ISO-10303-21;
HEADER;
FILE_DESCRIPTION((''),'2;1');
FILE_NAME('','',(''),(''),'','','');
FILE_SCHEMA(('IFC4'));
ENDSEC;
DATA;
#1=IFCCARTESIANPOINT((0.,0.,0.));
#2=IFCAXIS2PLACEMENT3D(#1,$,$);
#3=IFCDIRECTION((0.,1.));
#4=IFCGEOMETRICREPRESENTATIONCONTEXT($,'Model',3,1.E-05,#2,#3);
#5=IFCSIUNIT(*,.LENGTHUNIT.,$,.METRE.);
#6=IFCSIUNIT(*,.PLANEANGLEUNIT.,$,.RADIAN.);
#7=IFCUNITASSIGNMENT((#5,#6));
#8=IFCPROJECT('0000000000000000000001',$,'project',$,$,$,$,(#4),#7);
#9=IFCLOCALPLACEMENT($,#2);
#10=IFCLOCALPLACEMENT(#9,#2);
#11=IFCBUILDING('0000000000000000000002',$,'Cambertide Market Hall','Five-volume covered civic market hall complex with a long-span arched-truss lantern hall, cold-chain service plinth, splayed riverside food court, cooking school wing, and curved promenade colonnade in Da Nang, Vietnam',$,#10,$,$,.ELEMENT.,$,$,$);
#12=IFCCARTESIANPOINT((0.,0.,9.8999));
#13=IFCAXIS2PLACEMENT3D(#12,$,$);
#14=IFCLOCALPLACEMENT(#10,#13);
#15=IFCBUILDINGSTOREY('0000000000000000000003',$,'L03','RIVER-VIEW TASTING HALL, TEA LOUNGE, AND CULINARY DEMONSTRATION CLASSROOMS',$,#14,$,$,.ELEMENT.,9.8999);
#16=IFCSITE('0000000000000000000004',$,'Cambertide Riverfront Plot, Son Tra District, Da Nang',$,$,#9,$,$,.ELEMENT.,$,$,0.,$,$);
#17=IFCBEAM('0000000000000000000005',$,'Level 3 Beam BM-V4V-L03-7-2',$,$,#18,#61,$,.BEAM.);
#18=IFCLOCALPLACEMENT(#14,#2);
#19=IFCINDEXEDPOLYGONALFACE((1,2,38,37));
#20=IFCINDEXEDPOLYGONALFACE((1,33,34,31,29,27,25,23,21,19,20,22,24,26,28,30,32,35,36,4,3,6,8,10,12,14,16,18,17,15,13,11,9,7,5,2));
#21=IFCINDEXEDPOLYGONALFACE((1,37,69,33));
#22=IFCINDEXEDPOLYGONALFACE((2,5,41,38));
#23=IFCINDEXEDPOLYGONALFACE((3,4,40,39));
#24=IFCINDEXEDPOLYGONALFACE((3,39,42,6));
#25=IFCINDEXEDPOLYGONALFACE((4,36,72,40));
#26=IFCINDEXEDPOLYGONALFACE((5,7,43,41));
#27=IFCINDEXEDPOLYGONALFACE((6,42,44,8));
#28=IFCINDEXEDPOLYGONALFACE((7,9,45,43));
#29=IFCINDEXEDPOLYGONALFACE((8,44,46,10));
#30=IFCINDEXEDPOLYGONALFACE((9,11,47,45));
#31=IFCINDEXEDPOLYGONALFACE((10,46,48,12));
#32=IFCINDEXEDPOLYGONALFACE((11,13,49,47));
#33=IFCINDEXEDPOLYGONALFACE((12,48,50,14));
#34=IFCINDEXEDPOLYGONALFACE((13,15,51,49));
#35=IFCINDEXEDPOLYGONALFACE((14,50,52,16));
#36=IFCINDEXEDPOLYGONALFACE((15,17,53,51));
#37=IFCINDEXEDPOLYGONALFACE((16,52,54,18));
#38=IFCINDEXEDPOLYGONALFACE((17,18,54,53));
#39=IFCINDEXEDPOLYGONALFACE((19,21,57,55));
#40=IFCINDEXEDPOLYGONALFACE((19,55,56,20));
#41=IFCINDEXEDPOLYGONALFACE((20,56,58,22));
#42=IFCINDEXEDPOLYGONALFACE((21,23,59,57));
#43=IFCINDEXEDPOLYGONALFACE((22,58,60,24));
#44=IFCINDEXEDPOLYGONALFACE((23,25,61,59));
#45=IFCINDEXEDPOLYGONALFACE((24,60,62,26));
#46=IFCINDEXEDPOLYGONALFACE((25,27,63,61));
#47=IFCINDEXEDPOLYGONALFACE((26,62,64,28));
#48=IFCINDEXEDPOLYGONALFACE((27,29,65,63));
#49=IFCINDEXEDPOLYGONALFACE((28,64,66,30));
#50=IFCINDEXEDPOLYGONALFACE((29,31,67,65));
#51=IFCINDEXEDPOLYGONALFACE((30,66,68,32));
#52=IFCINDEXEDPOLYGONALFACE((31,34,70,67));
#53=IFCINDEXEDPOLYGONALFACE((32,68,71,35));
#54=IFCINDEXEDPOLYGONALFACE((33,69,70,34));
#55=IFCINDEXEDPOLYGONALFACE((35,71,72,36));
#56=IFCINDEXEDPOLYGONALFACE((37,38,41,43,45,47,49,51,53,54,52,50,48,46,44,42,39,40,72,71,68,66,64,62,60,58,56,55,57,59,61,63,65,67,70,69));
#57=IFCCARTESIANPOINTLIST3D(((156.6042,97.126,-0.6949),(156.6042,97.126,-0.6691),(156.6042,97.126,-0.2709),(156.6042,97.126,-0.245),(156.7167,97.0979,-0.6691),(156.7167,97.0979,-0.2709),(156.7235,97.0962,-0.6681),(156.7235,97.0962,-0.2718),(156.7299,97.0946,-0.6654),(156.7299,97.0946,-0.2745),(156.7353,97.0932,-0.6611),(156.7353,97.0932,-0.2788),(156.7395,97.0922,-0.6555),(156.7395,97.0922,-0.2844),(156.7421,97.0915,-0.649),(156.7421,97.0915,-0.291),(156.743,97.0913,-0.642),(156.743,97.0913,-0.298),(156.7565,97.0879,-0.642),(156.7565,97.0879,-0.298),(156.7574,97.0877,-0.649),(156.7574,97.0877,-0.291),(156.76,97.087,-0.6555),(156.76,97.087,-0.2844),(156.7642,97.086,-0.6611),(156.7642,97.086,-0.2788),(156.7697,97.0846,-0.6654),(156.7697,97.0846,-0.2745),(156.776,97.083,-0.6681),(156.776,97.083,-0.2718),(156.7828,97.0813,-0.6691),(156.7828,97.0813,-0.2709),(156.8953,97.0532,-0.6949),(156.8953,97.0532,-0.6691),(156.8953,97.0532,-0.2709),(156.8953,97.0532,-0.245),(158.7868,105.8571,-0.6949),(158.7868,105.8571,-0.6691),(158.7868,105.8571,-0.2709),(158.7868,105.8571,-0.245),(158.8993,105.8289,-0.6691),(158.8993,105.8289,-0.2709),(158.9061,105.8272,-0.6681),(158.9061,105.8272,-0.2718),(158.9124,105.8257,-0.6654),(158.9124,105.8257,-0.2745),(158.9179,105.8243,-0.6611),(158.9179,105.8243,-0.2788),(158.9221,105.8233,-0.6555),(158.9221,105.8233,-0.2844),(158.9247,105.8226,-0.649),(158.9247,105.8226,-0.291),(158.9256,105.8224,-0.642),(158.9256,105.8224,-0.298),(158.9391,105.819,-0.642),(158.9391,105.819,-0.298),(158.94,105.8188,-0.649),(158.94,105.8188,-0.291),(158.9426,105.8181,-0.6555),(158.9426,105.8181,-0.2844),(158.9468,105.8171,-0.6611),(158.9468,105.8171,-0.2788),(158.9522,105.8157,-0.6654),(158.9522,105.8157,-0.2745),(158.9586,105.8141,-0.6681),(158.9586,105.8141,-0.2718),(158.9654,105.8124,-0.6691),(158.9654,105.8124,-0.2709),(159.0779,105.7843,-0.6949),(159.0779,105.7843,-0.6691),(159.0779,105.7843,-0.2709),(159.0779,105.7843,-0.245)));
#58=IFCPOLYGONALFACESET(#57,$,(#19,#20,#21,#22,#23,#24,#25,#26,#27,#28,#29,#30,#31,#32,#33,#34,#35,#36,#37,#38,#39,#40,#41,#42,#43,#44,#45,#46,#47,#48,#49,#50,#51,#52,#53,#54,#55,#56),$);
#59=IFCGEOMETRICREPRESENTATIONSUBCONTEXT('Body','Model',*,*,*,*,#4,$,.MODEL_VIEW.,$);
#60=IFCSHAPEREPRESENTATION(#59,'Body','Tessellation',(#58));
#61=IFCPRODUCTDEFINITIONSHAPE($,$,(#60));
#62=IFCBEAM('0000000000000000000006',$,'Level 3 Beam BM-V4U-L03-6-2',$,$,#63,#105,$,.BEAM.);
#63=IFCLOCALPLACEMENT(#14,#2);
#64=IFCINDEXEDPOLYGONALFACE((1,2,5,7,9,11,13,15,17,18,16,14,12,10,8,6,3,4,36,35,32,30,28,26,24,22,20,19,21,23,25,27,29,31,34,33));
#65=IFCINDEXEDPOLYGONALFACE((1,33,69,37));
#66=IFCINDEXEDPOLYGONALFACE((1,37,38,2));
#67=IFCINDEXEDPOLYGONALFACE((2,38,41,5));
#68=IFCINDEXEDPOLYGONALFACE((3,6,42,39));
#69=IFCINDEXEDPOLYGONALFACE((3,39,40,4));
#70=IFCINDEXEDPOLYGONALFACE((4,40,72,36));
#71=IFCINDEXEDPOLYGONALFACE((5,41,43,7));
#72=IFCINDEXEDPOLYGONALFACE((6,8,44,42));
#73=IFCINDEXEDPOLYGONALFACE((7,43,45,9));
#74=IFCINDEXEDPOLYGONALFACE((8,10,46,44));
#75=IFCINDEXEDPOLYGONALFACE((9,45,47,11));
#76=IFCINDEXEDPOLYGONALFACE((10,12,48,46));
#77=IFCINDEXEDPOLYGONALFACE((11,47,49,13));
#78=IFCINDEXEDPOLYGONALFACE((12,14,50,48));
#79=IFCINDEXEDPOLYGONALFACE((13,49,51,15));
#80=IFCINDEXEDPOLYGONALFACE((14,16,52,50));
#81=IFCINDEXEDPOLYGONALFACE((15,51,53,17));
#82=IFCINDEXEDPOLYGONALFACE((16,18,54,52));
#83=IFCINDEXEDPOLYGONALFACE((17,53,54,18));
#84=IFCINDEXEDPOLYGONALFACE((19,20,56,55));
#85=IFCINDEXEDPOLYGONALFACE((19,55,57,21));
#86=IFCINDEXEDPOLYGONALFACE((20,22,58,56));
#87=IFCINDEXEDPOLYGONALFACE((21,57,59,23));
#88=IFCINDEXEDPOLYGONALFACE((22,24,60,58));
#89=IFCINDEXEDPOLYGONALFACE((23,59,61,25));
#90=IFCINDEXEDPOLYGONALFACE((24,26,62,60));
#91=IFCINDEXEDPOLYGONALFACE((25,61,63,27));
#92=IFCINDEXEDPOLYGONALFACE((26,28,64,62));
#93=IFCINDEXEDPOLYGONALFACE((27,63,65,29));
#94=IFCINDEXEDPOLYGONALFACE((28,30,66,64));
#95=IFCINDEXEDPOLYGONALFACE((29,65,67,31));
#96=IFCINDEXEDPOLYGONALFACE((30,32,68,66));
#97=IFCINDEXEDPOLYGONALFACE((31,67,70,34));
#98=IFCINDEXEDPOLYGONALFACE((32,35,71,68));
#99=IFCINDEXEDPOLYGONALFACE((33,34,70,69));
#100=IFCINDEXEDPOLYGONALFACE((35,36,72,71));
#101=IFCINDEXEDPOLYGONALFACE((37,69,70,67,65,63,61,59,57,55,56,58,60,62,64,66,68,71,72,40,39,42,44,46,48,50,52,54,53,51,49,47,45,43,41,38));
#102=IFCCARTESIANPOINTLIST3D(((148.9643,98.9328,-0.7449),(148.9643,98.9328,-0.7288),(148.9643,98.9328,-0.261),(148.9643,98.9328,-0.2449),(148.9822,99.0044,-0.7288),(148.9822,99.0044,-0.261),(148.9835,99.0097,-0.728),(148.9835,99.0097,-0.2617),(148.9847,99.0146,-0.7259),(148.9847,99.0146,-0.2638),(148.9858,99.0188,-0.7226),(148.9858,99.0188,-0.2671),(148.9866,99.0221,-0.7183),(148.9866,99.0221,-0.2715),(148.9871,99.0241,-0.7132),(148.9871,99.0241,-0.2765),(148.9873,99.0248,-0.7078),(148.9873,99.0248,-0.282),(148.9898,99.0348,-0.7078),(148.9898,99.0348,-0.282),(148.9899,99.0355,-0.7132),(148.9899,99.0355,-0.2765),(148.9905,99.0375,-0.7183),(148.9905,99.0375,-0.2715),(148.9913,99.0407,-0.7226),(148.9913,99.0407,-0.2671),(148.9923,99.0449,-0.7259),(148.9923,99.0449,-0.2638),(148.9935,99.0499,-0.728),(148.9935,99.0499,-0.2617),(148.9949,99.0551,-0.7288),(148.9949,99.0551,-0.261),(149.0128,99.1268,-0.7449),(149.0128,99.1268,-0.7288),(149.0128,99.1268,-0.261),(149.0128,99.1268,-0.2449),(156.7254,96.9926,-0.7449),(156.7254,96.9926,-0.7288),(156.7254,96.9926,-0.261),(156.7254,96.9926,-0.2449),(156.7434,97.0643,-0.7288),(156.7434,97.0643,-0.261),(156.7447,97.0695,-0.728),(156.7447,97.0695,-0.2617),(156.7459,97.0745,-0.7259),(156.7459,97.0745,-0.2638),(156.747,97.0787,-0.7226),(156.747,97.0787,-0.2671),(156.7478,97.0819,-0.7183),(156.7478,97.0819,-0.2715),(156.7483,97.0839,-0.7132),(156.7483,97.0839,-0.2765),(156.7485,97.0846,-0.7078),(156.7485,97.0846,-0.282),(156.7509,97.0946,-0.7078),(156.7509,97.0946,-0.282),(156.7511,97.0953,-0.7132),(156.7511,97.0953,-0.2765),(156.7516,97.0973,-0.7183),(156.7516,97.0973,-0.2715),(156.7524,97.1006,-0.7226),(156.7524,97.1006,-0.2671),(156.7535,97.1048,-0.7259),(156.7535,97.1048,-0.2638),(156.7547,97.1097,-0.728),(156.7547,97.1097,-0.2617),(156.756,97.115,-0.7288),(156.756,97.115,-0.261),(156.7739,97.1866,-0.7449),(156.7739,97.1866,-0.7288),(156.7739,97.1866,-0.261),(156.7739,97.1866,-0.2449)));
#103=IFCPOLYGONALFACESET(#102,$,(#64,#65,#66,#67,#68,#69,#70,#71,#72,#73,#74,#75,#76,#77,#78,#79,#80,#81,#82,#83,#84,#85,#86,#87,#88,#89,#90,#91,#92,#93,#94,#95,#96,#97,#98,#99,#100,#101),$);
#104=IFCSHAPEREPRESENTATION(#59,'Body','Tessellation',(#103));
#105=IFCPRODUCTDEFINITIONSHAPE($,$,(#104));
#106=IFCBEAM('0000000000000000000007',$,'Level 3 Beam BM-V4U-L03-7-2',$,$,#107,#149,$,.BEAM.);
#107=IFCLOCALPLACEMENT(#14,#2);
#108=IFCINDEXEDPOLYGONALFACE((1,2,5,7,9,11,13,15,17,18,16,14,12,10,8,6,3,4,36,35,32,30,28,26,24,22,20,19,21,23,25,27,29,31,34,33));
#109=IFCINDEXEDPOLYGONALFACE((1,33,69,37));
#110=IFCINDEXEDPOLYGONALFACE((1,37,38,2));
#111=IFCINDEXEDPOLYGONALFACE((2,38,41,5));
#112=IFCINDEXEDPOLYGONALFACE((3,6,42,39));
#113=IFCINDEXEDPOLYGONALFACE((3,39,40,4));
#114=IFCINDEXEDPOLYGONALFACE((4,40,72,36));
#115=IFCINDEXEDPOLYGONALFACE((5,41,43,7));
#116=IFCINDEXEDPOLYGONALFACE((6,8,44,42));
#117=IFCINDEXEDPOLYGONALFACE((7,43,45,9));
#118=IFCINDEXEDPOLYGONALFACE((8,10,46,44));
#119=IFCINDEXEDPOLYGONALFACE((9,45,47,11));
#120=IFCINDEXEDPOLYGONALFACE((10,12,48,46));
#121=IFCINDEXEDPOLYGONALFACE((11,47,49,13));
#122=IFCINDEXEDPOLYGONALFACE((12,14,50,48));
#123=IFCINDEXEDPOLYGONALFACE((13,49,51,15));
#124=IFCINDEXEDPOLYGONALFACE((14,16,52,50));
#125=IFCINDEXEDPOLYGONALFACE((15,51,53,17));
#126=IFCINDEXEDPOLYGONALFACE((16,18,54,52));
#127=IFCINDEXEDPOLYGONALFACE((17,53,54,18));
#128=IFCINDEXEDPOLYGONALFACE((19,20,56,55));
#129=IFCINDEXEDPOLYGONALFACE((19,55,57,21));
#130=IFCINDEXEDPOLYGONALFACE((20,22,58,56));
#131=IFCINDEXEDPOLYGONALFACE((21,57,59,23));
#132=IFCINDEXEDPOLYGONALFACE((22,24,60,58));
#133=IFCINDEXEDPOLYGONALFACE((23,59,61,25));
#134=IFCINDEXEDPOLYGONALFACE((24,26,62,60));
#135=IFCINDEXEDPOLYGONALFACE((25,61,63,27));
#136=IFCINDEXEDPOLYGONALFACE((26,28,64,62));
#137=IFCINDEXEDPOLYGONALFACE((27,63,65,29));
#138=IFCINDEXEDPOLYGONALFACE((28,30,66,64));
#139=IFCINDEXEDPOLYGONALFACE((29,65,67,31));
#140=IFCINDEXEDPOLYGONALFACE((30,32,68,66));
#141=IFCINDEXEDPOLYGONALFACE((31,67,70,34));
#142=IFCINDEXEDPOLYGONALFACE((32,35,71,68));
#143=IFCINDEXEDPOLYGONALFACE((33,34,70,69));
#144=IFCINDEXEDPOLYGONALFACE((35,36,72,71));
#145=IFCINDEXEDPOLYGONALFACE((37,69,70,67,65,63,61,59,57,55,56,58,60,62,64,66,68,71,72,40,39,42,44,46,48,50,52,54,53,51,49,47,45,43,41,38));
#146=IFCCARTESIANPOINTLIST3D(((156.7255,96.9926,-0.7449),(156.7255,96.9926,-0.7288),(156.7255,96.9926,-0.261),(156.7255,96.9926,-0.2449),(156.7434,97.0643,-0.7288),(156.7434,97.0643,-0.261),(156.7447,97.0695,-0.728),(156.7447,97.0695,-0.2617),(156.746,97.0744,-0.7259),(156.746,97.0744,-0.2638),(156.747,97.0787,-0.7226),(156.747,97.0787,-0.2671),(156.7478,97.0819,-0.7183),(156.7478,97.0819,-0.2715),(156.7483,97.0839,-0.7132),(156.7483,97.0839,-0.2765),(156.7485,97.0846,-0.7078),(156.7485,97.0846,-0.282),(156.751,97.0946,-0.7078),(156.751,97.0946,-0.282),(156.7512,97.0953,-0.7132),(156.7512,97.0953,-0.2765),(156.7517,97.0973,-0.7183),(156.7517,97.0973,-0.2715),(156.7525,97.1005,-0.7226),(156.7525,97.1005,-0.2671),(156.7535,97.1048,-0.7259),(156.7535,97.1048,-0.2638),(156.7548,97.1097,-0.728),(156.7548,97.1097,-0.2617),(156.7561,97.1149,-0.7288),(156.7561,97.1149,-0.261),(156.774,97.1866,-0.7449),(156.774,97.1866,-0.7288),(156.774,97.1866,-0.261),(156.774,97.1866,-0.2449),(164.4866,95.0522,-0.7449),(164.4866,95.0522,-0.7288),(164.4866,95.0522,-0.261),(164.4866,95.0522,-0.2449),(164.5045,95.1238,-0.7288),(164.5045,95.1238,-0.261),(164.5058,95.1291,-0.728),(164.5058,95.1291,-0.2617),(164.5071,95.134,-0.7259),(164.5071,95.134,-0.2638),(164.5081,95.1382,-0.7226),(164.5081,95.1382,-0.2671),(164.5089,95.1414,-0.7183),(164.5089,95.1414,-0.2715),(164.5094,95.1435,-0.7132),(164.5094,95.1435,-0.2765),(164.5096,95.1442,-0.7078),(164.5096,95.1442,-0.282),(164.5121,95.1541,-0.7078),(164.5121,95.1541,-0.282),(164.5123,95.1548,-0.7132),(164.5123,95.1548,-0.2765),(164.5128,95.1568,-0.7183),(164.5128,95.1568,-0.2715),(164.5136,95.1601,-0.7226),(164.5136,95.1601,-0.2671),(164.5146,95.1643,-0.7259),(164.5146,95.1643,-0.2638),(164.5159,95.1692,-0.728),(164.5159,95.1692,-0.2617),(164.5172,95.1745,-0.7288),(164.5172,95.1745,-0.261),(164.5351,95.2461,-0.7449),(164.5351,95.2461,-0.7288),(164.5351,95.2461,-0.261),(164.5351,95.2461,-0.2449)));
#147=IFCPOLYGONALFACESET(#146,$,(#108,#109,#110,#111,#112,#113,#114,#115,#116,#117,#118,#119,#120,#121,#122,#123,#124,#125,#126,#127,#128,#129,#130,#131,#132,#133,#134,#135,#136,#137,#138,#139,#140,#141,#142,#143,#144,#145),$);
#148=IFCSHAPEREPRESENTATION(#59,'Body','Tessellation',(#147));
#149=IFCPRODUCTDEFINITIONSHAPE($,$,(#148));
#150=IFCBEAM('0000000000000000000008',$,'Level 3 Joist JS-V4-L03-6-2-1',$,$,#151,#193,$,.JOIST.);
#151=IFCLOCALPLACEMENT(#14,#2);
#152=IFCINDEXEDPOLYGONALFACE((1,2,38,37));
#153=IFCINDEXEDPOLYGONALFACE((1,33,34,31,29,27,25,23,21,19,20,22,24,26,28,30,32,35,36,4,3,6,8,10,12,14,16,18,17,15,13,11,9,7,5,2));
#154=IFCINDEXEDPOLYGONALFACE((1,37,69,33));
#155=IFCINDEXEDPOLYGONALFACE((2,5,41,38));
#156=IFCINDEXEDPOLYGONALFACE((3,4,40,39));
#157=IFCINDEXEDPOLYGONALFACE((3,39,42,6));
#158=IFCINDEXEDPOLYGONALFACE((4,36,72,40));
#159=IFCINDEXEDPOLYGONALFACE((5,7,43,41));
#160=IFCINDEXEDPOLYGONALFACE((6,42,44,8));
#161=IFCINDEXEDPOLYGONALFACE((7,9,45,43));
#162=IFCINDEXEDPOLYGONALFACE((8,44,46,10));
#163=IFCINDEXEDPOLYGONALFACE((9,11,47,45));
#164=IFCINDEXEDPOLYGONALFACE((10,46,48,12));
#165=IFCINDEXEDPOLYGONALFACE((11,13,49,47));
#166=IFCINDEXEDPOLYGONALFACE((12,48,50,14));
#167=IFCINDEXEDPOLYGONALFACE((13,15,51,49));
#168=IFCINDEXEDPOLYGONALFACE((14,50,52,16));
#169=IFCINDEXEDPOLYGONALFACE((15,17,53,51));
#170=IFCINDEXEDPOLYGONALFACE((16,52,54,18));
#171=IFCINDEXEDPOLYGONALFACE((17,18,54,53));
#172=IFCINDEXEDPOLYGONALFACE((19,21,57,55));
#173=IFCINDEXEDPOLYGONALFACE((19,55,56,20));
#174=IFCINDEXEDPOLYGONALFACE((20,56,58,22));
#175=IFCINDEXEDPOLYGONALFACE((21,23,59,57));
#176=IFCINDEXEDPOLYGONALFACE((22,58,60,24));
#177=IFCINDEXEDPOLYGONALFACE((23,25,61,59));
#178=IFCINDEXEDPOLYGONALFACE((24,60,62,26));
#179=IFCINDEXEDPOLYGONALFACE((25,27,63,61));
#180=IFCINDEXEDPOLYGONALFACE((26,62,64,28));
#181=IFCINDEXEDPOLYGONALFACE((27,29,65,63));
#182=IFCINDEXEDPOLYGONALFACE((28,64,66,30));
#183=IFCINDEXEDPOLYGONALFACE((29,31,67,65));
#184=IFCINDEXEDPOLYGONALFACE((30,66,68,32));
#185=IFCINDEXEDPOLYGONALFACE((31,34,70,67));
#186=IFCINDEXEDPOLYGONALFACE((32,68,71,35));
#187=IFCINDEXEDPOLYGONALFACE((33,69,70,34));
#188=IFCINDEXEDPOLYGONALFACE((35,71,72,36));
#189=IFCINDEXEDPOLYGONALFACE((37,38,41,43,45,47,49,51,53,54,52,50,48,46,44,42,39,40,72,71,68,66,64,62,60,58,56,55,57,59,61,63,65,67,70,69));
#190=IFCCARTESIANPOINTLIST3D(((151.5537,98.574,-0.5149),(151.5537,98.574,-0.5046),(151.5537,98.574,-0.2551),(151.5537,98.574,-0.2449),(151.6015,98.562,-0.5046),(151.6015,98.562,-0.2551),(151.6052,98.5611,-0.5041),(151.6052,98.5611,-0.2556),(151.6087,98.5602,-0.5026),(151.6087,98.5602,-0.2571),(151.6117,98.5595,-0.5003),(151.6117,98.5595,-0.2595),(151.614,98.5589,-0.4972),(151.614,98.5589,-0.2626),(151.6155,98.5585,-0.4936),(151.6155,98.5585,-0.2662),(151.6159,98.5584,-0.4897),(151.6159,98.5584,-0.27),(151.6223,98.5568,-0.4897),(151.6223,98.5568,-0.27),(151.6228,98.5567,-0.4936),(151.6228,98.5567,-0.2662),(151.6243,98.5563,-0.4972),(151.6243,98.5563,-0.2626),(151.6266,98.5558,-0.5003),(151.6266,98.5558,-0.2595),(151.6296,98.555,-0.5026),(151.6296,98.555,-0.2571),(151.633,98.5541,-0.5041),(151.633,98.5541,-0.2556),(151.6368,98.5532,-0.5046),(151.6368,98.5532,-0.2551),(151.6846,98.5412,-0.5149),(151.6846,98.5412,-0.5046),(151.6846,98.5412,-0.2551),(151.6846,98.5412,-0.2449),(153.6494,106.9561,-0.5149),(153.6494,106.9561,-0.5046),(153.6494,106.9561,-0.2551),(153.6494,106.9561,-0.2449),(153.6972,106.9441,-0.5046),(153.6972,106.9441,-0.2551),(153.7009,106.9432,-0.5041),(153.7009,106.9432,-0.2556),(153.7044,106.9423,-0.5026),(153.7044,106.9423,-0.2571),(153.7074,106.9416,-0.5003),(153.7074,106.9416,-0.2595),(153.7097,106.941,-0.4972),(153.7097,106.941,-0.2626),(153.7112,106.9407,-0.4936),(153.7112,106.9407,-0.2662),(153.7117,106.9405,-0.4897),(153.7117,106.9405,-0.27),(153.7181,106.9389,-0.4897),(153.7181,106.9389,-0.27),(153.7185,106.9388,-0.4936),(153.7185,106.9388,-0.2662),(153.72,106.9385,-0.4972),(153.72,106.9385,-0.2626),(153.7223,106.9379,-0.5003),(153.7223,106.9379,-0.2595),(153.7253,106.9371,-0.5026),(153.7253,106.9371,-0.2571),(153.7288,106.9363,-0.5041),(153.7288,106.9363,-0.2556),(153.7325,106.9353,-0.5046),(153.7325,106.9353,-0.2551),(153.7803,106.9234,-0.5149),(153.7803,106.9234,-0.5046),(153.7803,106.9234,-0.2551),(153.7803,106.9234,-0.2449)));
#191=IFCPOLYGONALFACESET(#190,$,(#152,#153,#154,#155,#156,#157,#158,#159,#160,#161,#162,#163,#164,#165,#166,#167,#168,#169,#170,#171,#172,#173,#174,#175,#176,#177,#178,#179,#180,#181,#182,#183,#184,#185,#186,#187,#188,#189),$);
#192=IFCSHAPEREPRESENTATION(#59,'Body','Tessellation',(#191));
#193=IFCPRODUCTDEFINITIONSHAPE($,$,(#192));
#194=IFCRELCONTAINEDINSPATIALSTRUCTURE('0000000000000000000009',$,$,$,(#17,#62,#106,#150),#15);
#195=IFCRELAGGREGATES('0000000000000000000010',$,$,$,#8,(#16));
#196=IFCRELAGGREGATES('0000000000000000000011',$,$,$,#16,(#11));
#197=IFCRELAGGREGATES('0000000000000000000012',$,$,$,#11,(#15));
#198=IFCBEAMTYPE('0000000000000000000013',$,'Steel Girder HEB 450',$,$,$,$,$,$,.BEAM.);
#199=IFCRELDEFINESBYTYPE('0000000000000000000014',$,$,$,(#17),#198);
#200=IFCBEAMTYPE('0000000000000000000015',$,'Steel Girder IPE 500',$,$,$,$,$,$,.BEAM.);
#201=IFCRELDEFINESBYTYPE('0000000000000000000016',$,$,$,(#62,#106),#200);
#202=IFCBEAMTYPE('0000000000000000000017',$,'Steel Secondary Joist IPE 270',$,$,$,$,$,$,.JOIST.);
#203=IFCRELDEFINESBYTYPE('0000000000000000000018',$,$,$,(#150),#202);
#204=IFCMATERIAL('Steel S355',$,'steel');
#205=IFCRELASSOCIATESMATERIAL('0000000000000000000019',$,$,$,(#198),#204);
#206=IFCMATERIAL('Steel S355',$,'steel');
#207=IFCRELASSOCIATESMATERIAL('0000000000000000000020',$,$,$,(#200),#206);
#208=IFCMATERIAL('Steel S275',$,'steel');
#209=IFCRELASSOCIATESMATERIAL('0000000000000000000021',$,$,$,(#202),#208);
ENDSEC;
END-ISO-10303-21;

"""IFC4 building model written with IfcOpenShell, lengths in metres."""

from ifc_helpers import new_model, si_unit, direction, frame, origin, origin_2d, place, context, subcontext, project, spatial, i_section, extrude, material, material_profile, profile_set, type_object, element, save


model = new_model("IFC4")

# Units and contexts
model_context = context("Model", 3, precision=1e-05, world=origin(), true_north=direction((0.0, 1.0)))
body_context = subcontext(model_context, "Body", "Model", "MODEL_VIEW")
ifc_project = project(units=[si_unit("LENGTHUNIT", "METRE"), si_unit("PLANEANGLEUNIT", "RADIAN")], contexts=[model_context])

# Site, building, storey
site_placement = place(None, origin())
site = spatial("IfcSite", under=ifc_project, at=site_placement, Name="Cambertide Riverfront Plot, Son Tra District, Da Nang", CompositionType="ELEMENT", RefElevation=0.0)
building_placement = place(site_placement, origin())
building = spatial("IfcBuilding", under=site, at=building_placement, Name="Cambertide Market Hall", Description="Five-volume covered civic market hall complex with a long-span arched-truss lantern hall, cold-chain service plinth, splayed riverside food court, cooking school wing, and curved promenade colonnade in Da Nang, Vietnam", CompositionType="ELEMENT")
storey_placement = place(building_placement, frame((0.0, 0.0, 9.8999)))
storey = spatial("IfcBuildingStorey", under=building, at=storey_placement, Name="L03", Description="RIVER-VIEW TASTING HALL, TEA LOUNGE, AND CULINARY DEMONSTRATION CLASSROOMS", CompositionType="ELEMENT", Elevation=9.8999)

# Beams
ifc_material_1 = material(Name="Steel S355", Category="steel")
ifc_material_profile_1 = material_profile(ifc_material_1, i_section(OverallWidth=0.3, OverallDepth=0.45, WebThickness=0.0139, FlangeThickness=0.0259, FilletRadius=0.0271, at=origin_2d()), Name="HEB 450")
ifc_profile_set_1 = profile_set([ifc_material_profile_1], Name="Steel S355")
beam_type_1 = type_object("IfcBeamType", Name="Steel Girder HEB 450", PredefinedType="BEAM", material=ifc_profile_set_1)
beam_1_placement = place(storey_placement, frame((156.7498, 97.0896, -0.47), z_axis=(0.242516, 0.970147, 0.0), x_axis=(-0.970147, 0.242516, 0.0)))
element("IfcBeam", 1, at=beam_1_placement, inside=storey, type_object=beam_type_1, Name="Level 3 Beam BM-V4V-L03-7-2", PredefinedType="BEAM", context=body_context, shape_type="SweptSolid", body=[
    extrude(i_section(OverallWidth=0.3, OverallDepth=0.45, WebThickness=0.0139, FlangeThickness=0.0259, FilletRadius=0.0271, at=origin_2d()), origin(), (0.0, 0.0, 1.0), 8.9998),
])
ifc_material_2 = material(Name="Steel S355", Category="steel")
ifc_material_profile_2 = material_profile(ifc_material_2, i_section(OverallWidth=0.2, OverallDepth=0.5, WebThickness=0.0103, FlangeThickness=0.0161, FilletRadius=0.021, at=origin_2d()), Name="IPE 500")
ifc_profile_set_2 = profile_set([ifc_material_profile_2], Name="Steel S355")
beam_type_2 = type_object("IfcBeamType", Name="Steel Girder IPE 500", PredefinedType="BEAM", material=ifc_profile_set_2)
for number, where, z_axis, x_axis, name in (
    (2, (148.9885, 99.0298, -0.4949), (0.970146, -0.242521, 0.0), (0.242521, 0.970146, 0.0), "Level 3 Beam BM-V4U-L03-6-2"),
    (3, (156.7498, 97.0896, -0.4949), (0.970137, -0.242557, 0.0), (0.242557, 0.970137, 0.0), "Level 3 Beam BM-V4U-L03-7-2"),
):
    element("IfcBeam", number, at=place(storey_placement, frame(where, z_axis=z_axis, x_axis=x_axis)), inside=storey, type_object=beam_type_2, Name=name, PredefinedType="BEAM", context=body_context, shape_type="SweptSolid", body=[
        extrude(i_section(OverallWidth=0.2, OverallDepth=0.5, WebThickness=0.0103, FlangeThickness=0.0161, FilletRadius=0.021, at=origin_2d()), origin(), (0.0, 0.0, 1.0), 8.0),
    ])
ifc_material_3 = material(Name="Steel S275", Category="steel")
ifc_material_profile_3 = material_profile(ifc_material_3, i_section(OverallWidth=0.135, OverallDepth=0.27, WebThickness=0.0066, FlangeThickness=0.0103, FilletRadius=0.0149, at=origin_2d()), Name="IPE 270")
ifc_profile_set_3 = profile_set([ifc_material_profile_3], Name="Steel S275")
beam_type_3 = type_object("IfcBeamType", Name="Steel Secondary Joist IPE 270", PredefinedType="JOIST", material=ifc_profile_set_3)
for number, where, z_axis, x_axis, name in (
    (4, (151.6191, 98.5576, -0.3799), (0.242556, 0.970138, 0.0), (-0.970138, 0.242556, 0.0), "Level 3 Joist JS-V4-L03-6-2-1"),
):
    element("IfcBeam", number, at=place(storey_placement, frame(where, z_axis=z_axis, x_axis=x_axis)), inside=storey, type_object=beam_type_3, Name=name, PredefinedType="JOIST", context=body_context, shape_type="SweptSolid", body=[
        extrude(i_section(OverallWidth=0.135, OverallDepth=0.27, WebThickness=0.0066, FlangeThickness=0.0103, FilletRadius=0.0149, at=origin_2d()), origin(), (0.0, 0.0, 1.0), 8.6401),
    ])

save(model, "model.ifc")
